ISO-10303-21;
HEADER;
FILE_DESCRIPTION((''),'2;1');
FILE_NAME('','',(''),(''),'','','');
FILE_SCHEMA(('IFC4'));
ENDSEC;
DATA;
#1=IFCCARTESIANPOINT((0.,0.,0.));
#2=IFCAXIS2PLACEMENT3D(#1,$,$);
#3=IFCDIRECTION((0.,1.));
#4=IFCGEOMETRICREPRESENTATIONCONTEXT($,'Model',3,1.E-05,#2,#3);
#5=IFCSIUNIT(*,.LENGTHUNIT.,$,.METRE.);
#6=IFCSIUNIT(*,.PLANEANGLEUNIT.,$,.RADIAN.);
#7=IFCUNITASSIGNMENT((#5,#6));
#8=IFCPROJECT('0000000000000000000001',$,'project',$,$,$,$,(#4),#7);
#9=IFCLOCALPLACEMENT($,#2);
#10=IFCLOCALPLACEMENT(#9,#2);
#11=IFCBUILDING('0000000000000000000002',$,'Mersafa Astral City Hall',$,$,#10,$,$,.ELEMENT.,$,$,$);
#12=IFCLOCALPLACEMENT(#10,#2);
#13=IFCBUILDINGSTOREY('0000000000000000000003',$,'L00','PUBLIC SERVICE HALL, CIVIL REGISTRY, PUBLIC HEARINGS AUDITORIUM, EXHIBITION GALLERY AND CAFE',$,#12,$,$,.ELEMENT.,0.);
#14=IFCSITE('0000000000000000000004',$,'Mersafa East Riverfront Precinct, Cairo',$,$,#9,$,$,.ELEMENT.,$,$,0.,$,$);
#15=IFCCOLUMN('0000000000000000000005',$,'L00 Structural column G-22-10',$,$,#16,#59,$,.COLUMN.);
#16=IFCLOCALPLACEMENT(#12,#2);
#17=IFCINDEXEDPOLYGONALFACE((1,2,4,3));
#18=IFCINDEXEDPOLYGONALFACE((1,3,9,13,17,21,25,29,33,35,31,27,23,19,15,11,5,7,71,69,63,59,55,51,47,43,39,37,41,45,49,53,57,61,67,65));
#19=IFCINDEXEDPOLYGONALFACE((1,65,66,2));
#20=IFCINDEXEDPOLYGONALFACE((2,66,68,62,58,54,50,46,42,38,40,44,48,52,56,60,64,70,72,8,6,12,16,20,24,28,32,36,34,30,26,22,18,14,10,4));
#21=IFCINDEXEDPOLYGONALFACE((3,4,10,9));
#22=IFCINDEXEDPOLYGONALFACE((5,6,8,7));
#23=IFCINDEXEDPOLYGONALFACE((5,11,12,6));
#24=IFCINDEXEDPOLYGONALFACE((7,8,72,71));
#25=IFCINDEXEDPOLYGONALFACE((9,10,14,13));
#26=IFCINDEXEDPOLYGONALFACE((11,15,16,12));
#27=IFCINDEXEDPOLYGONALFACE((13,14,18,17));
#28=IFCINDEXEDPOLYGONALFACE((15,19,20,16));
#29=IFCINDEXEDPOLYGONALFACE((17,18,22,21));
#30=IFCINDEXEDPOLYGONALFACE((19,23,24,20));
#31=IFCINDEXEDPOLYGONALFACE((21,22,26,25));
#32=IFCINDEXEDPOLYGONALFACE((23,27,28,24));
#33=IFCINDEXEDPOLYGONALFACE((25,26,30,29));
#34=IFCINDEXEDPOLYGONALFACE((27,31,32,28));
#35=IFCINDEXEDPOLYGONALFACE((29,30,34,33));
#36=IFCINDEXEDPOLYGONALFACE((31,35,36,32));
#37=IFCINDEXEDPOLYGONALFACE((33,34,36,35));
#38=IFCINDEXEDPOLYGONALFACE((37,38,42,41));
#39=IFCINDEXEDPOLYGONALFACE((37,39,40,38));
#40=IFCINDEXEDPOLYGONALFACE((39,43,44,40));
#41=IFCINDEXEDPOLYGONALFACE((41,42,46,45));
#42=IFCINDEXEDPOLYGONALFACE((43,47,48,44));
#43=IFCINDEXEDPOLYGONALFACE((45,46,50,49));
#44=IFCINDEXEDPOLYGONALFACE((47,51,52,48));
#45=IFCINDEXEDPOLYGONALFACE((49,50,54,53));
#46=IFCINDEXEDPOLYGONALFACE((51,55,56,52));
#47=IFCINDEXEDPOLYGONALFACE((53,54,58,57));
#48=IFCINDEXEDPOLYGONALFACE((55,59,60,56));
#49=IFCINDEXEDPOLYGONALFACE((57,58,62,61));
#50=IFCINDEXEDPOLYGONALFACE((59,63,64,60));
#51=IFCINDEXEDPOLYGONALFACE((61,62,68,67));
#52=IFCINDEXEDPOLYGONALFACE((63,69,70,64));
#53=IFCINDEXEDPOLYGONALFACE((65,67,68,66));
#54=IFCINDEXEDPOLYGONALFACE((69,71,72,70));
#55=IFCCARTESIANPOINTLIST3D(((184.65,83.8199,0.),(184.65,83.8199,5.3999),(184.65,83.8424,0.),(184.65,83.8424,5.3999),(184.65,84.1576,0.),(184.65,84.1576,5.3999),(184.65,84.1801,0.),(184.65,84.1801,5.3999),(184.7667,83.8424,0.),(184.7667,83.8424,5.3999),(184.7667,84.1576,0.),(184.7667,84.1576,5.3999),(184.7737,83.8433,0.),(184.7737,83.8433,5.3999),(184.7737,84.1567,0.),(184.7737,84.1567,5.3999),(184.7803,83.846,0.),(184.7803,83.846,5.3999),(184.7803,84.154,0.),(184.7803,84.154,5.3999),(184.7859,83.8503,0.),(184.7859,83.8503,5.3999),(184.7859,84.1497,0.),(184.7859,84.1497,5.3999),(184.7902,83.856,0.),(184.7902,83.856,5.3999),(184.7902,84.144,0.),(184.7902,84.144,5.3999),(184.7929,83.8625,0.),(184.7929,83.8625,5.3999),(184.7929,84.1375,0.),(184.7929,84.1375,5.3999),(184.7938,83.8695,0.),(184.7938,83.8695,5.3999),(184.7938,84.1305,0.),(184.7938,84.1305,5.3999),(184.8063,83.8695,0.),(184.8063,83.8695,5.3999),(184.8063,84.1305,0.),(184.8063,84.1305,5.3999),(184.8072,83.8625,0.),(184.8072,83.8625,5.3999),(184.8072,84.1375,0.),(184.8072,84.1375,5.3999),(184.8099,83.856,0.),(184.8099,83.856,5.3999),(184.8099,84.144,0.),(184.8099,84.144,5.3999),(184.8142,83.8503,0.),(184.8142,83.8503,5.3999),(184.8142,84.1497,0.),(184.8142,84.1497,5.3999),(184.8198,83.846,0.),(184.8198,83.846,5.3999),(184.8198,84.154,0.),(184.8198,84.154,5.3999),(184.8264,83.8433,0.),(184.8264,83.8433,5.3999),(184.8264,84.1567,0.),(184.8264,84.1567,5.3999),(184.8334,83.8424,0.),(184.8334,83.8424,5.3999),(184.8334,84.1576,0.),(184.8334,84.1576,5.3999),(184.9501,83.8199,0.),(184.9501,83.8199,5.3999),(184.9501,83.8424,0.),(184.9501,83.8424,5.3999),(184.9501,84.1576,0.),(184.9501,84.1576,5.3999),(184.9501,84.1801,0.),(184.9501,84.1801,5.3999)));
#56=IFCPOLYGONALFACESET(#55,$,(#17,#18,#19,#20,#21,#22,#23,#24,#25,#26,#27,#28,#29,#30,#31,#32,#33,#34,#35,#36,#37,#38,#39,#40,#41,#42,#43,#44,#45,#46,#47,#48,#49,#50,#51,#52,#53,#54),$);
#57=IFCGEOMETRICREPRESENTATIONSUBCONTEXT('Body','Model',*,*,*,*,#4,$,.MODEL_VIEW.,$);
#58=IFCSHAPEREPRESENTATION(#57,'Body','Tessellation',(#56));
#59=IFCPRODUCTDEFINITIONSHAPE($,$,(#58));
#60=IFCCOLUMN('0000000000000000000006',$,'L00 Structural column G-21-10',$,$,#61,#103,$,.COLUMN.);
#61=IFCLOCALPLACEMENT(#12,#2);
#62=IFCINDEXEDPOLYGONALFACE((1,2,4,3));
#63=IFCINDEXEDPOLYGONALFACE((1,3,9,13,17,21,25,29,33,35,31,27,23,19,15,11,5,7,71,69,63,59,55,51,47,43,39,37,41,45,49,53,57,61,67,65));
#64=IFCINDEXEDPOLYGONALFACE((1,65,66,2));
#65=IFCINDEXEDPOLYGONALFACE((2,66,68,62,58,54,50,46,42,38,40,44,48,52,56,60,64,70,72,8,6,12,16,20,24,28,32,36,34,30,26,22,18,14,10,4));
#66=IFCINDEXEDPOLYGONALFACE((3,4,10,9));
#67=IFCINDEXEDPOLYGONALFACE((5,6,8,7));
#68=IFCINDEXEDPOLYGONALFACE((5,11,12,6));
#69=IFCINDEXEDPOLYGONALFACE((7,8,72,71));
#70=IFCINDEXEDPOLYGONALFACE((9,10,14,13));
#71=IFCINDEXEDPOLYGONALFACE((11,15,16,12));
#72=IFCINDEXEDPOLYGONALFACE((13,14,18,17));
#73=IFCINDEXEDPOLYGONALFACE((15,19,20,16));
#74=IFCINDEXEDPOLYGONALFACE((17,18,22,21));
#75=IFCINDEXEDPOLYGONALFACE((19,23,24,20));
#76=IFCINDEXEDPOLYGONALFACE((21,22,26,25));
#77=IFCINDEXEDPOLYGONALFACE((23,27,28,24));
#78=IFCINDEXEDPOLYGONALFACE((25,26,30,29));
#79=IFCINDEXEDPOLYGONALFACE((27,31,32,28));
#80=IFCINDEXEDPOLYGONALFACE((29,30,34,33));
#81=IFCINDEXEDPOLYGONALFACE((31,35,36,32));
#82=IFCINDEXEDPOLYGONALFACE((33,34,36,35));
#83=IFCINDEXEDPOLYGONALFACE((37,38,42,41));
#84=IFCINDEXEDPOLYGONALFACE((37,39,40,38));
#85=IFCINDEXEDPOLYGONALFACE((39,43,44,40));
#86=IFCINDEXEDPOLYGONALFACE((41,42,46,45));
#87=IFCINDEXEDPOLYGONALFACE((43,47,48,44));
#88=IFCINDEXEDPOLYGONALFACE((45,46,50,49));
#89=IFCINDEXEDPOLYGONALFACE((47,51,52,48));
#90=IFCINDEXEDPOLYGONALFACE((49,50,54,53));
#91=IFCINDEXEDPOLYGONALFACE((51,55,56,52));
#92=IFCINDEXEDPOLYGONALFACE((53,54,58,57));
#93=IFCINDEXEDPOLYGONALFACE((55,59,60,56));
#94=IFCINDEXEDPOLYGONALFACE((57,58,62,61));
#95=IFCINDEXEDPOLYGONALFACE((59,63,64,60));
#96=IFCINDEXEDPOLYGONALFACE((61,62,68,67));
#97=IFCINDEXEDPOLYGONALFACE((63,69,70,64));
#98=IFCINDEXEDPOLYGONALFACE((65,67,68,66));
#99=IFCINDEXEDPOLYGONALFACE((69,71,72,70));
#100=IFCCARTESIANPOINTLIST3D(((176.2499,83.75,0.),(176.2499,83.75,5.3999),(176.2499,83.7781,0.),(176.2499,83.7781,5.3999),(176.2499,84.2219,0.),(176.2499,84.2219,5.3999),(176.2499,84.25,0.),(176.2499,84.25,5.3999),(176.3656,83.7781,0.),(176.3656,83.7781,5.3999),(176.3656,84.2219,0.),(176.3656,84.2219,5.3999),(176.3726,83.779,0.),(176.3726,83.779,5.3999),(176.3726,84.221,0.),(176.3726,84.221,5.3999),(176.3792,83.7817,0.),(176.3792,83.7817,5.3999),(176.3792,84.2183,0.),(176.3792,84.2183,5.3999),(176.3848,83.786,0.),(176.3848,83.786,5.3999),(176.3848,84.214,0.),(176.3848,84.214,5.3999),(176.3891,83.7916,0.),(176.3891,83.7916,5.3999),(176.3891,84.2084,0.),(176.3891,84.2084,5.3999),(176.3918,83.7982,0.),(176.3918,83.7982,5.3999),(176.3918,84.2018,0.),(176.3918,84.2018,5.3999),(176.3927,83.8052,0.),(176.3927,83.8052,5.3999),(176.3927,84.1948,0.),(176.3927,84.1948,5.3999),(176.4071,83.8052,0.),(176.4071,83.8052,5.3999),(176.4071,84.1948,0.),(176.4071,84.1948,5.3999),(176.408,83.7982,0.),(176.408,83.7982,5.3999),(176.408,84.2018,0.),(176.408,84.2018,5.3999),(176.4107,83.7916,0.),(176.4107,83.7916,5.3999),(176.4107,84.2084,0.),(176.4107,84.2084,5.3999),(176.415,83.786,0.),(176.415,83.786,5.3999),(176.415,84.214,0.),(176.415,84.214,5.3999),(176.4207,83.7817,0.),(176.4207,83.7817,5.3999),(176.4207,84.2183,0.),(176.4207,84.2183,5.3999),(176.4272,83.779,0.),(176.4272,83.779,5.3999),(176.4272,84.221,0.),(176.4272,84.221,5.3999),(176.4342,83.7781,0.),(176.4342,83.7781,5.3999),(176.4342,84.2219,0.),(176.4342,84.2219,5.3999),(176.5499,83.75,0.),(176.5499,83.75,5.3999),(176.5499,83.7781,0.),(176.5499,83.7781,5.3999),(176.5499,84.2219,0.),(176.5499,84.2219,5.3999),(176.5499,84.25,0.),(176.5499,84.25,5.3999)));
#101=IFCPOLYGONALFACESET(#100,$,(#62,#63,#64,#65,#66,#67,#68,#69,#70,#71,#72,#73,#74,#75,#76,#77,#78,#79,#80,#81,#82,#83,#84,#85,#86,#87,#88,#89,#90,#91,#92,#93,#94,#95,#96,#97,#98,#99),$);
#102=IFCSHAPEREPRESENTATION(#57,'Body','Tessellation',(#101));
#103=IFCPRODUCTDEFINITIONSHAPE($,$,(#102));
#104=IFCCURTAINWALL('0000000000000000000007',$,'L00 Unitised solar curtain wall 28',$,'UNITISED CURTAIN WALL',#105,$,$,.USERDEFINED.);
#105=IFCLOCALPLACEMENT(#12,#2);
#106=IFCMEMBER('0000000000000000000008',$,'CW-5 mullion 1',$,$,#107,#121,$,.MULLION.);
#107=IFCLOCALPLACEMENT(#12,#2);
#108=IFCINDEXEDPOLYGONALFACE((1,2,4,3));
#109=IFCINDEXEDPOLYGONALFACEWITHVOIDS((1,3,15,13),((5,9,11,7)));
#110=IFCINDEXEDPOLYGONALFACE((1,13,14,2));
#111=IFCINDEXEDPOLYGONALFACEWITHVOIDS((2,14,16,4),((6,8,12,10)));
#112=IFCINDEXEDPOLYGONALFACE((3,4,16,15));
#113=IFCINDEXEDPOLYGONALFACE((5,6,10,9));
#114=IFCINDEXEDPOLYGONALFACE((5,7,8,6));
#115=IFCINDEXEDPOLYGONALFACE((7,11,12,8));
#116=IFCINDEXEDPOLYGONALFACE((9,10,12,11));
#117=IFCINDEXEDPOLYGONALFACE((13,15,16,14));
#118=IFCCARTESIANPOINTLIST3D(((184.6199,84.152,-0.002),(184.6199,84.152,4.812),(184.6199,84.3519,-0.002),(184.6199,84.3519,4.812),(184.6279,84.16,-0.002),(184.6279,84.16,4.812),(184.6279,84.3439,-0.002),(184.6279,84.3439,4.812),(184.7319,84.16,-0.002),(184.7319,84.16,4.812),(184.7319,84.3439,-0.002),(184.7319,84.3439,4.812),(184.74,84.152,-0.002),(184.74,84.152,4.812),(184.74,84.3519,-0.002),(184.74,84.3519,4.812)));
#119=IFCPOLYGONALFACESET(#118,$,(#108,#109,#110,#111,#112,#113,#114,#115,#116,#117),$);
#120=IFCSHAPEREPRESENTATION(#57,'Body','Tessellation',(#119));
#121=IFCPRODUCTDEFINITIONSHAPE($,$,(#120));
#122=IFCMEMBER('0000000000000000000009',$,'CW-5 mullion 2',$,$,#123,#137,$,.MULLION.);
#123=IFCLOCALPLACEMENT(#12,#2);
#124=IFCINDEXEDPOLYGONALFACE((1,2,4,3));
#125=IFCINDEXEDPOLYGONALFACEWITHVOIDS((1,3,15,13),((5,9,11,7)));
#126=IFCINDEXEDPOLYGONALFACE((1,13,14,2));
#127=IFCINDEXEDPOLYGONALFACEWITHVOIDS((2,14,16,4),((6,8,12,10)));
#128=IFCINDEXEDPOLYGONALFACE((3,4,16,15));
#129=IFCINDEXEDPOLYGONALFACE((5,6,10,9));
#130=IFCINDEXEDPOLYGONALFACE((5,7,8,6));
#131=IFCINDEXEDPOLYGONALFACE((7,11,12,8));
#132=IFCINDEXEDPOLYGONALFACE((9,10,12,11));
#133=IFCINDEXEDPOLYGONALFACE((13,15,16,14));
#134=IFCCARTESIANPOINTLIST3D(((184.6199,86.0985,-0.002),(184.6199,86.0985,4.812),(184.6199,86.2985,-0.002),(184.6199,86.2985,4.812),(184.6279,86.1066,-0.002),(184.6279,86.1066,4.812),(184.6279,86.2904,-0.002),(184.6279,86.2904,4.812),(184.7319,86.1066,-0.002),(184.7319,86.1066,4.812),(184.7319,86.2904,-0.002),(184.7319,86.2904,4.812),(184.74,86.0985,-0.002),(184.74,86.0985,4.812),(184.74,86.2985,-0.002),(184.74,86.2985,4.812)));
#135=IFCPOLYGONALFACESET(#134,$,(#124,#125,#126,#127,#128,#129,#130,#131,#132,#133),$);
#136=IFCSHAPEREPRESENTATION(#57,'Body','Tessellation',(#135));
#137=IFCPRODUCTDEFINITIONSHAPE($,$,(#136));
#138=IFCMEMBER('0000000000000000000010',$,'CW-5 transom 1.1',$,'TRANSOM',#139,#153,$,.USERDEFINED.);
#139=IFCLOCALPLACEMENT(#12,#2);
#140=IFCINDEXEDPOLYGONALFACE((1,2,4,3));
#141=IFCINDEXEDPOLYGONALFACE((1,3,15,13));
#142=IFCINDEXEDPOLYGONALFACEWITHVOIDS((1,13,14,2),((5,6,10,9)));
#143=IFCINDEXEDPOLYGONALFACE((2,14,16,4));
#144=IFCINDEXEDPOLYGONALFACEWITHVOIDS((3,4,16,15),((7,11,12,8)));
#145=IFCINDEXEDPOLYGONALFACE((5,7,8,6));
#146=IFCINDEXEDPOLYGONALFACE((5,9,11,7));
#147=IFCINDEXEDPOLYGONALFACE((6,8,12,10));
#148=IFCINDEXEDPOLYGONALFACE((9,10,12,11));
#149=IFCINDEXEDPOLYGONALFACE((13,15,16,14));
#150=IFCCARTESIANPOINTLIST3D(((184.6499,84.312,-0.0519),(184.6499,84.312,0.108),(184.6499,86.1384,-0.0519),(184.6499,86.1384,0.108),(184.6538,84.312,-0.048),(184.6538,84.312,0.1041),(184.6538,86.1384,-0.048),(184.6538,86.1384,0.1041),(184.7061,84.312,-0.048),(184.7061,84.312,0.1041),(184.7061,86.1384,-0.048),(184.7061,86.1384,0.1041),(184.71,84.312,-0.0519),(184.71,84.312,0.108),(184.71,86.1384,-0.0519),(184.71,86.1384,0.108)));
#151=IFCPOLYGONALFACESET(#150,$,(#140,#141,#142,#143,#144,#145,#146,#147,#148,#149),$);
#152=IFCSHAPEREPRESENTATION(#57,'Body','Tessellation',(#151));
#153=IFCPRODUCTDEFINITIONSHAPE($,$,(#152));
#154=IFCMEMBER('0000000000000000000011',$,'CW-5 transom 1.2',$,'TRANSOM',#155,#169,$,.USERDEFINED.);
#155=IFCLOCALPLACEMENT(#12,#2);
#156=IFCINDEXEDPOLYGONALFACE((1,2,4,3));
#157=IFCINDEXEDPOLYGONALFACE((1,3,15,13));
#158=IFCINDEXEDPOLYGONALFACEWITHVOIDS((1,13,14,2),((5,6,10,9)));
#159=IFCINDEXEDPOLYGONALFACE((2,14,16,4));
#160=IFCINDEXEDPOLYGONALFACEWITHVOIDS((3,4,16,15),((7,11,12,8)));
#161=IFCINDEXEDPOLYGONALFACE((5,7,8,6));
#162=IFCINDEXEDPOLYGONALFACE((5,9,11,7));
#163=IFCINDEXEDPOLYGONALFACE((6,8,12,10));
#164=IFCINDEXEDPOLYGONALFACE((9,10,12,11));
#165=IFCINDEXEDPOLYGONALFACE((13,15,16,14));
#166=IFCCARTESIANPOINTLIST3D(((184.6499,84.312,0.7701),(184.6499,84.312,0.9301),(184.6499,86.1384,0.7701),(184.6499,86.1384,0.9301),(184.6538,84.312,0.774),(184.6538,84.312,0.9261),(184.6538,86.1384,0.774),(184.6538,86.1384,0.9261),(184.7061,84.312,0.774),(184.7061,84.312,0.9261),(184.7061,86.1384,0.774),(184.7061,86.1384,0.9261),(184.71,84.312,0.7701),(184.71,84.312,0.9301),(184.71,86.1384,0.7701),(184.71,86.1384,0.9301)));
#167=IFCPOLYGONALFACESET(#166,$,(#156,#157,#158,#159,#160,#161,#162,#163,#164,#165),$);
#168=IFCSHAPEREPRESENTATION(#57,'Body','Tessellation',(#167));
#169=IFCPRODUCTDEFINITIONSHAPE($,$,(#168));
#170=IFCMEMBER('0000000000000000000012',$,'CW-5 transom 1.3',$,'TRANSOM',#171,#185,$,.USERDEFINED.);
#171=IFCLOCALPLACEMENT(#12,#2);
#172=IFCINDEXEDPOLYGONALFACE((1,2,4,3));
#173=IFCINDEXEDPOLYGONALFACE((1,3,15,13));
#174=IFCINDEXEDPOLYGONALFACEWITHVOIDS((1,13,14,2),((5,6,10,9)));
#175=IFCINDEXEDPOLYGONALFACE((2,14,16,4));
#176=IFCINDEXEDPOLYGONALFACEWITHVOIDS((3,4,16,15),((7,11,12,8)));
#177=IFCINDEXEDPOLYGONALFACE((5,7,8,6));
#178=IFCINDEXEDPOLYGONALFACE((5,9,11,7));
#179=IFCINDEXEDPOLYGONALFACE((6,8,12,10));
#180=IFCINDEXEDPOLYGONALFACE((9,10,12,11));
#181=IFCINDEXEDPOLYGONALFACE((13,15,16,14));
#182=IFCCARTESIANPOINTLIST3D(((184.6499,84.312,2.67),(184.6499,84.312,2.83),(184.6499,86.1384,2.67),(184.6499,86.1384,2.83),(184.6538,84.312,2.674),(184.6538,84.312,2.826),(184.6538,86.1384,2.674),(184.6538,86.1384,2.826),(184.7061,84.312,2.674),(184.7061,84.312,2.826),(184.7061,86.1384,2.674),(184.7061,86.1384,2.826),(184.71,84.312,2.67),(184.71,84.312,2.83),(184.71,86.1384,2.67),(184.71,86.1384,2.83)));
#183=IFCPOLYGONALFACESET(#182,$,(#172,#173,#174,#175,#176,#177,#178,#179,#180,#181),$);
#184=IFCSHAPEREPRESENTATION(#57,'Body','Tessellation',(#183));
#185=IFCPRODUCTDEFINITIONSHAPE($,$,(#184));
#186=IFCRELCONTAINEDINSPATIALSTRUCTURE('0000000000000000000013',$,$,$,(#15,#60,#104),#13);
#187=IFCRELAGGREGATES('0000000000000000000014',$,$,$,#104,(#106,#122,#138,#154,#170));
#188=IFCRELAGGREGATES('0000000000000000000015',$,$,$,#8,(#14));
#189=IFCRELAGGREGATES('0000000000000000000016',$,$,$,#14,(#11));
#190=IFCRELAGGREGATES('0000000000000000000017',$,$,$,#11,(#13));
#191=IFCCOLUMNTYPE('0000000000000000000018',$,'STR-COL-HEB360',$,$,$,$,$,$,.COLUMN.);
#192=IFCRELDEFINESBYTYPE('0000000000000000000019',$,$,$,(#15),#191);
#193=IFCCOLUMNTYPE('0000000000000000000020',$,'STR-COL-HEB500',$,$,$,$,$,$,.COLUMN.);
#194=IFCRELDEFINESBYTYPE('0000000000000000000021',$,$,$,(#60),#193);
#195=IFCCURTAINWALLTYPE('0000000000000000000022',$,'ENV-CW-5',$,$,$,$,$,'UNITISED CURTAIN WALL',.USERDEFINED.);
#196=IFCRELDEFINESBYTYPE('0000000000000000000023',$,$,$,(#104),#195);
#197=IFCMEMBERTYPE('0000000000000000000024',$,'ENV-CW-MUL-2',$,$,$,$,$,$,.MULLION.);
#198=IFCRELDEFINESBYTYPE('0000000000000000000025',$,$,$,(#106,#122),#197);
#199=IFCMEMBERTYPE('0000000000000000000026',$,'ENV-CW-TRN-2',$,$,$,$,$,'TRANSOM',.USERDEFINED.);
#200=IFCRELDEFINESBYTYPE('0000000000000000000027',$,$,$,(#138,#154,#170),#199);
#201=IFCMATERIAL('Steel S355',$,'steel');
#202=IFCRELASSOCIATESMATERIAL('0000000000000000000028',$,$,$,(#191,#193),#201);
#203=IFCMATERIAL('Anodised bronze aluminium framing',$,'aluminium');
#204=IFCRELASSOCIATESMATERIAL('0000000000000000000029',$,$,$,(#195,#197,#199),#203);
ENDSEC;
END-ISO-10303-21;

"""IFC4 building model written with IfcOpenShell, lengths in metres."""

from ifc_helpers import new_model, si_unit, direction, frame, origin, origin_2d, place, context, subcontext, project, spatial, hollow_rectangle, i_section, extrude, material, material_profile, profile_set, type_object, element, aggregate, save


model = new_model("IFC4")

# Units and contexts
model_context = context("Model", 3, precision=1e-05, world=origin(), true_north=direction((0.0, 1.0)))
body_context = subcontext(model_context, "Body", "Model", "MODEL_VIEW")
ifc_project = project(units=[si_unit("LENGTHUNIT", "METRE"), si_unit("PLANEANGLEUNIT", "RADIAN")], contexts=[model_context])

# Site, building, storey
site_placement = place(None, origin())
site = spatial("IfcSite", under=ifc_project, at=site_placement, Name="Mersafa East Riverfront Precinct, Cairo", CompositionType="ELEMENT", RefElevation=0.0)
building_placement = place(site_placement, origin())
building = spatial("IfcBuilding", under=site, at=building_placement, Name="Mersafa Astral City Hall", CompositionType="ELEMENT")
storey_placement = place(building_placement, origin())
storey = spatial("IfcBuildingStorey", under=building, at=storey_placement, Name="L00", Description="PUBLIC SERVICE HALL, CIVIL REGISTRY, PUBLIC HEARINGS AUDITORIUM, EXHIBITION GALLERY AND CAFE", CompositionType="ELEMENT", Elevation=0.0)

# Columns
ifc_material_1 = material(Name="Steel S355", Category="steel")
ifc_material_profile_1 = material_profile(ifc_material_1, i_section(OverallWidth=0.3, OverallDepth=0.3601, WebThickness=0.0125, FlangeThickness=0.0225, FilletRadius=0.0271, at=origin_2d()), Name="HEB 360")
ifc_profile_set_1 = profile_set([ifc_material_profile_1], Name="Steel S355")
column_type_1 = type_object("IfcColumnType", Name="STR-COL-HEB360", PredefinedType="COLUMN", material=ifc_profile_set_1)
column_1_placement = place(storey_placement, frame((184.8, 84.0, 0.0), z_axis=(0.0, 0.0, 1.0), x_axis=(1.0, 0.0, 0.0)))
element("IfcColumn", 1, at=column_1_placement, inside=storey, type_object=column_type_1, Name="L00 Structural column G-22-10", PredefinedType="COLUMN", context=body_context, shape_type="SweptSolid", body=[
    extrude(i_section(OverallWidth=0.3, OverallDepth=0.3601, WebThickness=0.0125, FlangeThickness=0.0225, FilletRadius=0.0271, at=origin_2d()), origin(), (0.0, 0.0, 1.0), 5.3999),
])
ifc_material_profile_2 = material_profile(ifc_material_1, i_section(OverallWidth=0.3, OverallDepth=0.5, WebThickness=0.0144, FlangeThickness=0.0281, FilletRadius=0.0271, at=origin_2d()), Name="HEB 500")
ifc_profile_set_2 = profile_set([ifc_material_profile_2], Name="Steel S355")
column_type_2 = type_object("IfcColumnType", Name="STR-COL-HEB500", PredefinedType="COLUMN", material=ifc_profile_set_2)
column_2_placement = place(storey_placement, frame((176.3999, 84.0, 0.0), z_axis=(0.0, 0.0, 1.0), x_axis=(1.0, 0.0, 0.0)))
element("IfcColumn", 2, at=column_2_placement, inside=storey, type_object=column_type_2, Name="L00 Structural column G-21-10", PredefinedType="COLUMN", context=body_context, shape_type="SweptSolid", body=[
    extrude(i_section(OverallWidth=0.3, OverallDepth=0.5, WebThickness=0.0144, FlangeThickness=0.0281, FilletRadius=0.0271, at=origin_2d()), origin(), (0.0, 0.0, 1.0), 5.3999),
])

# Curtain wall, members
ifc_material_2 = material(Name="Anodised bronze aluminium framing", Category="aluminium")
curtain_wall_type = type_object("IfcCurtainWallType", Name="ENV-CW-5", ElementType="UNITISED CURTAIN WALL", PredefinedType="USERDEFINED", material=ifc_material_2)
curtain_wall_placement = place(storey_placement, origin())
curtain_wall = element("IfcCurtainWall", 3, at=curtain_wall_placement, inside=storey, type_object=curtain_wall_type, Name="L00 Unitised solar curtain wall 28", ObjectType="UNITISED CURTAIN WALL", PredefinedType="USERDEFINED")
ifc_material_profile_3 = material_profile(ifc_material_2, hollow_rectangle(XDim=0.1201, YDim=0.2, WallThickness=0.0081, at=origin_2d()), Name="RHS 120x200x8")
ifc_profile_set_3 = profile_set([ifc_material_profile_3], Name="Anodised bronze aluminium framing")
member_type_1 = type_object("IfcMemberType", Name="ENV-CW-MUL-2", PredefinedType="MULLION", material=ifc_profile_set_3)
member_1_placement = place(storey_placement, frame((184.6799, 84.252, -0.002), z_axis=(0.0, 0.0, 1.0), x_axis=(-1.0, 0.0, 0.0)))
member_1 = element("IfcMember", 4, at=member_1_placement, type_object=member_type_1, Name="CW-5 mullion 1", PredefinedType="MULLION", context=body_context, shape_type="SweptSolid", body=[
    extrude(hollow_rectangle(XDim=0.1201, YDim=0.2, WallThickness=0.0081, at=origin_2d()), origin(), (0.0, 0.0, 1.0), 4.814),
])
member_2_placement = place(storey_placement, frame((184.6799, 86.1985, -0.002), z_axis=(0.0, 0.0, 1.0), x_axis=(-1.0, 0.0, 0.0)))
member_2 = element("IfcMember", 5, at=member_2_placement, type_object=member_type_1, Name="CW-5 mullion 2", PredefinedType="MULLION", context=body_context, shape_type="SweptSolid", body=[
    extrude(hollow_rectangle(XDim=0.1201, YDim=0.2, WallThickness=0.0081, at=origin_2d()), origin(), (0.0, 0.0, 1.0), 4.814),
])
ifc_material_profile_4 = material_profile(ifc_material_2, hollow_rectangle(XDim=0.0601, YDim=0.1599, WallThickness=0.0039, at=origin_2d()), Name="RHS 60x160x4")
ifc_profile_set_4 = profile_set([ifc_material_profile_4], Name="Anodised bronze aluminium framing")
member_type_2 = type_object("IfcMemberType", Name="ENV-CW-TRN-2", ElementType="TRANSOM", PredefinedType="USERDEFINED", material=ifc_profile_set_4)
member_3_placement = place(storey_placement, frame((184.6799, 84.312, 0.0281), z_axis=(0.0, 1.0, 0.0), x_axis=(-1.0, 0.0, 0.0)))
member_3 = element("IfcMember", 6, at=member_3_placement, type_object=member_type_2, Name="CW-5 transom 1.1", ObjectType="TRANSOM", PredefinedType="USERDEFINED", context=body_context, shape_type="SweptSolid", body=[
    extrude(hollow_rectangle(XDim=0.0601, YDim=0.1599, WallThickness=0.0039, at=origin_2d()), origin(), (0.0, 0.0, 1.0), 1.8264),
])
member_4_placement = place(storey_placement, frame((184.6799, 84.312, 0.8501), z_axis=(0.0, 1.0, 0.0), x_axis=(-1.0, 0.0, 0.0)))
member_4 = element("IfcMember", 7, at=member_4_placement, type_object=member_type_2, Name="CW-5 transom 1.2", ObjectType="TRANSOM", PredefinedType="USERDEFINED", context=body_context, shape_type="SweptSolid", body=[
    extrude(hollow_rectangle(XDim=0.0601, YDim=0.1599, WallThickness=0.0039, at=origin_2d()), origin(), (0.0, 0.0, 1.0), 1.8264),
])
member_5_placement = place(storey_placement, frame((184.6799, 84.312, 2.75), z_axis=(0.0, 1.0, 0.0), x_axis=(-1.0, 0.0, 0.0)))
member_5 = element("IfcMember", 8, at=member_5_placement, type_object=member_type_2, Name="CW-5 transom 1.3", ObjectType="TRANSOM", PredefinedType="USERDEFINED", context=body_context, shape_type="SweptSolid", body=[
    extrude(hollow_rectangle(XDim=0.0601, YDim=0.1599, WallThickness=0.0039, at=origin_2d()), origin(), (0.0, 0.0, 1.0), 1.8264),
])

aggregate(curtain_wall, [member_1, member_2, member_3, member_4, member_5])

save(model, "model.ifc")
